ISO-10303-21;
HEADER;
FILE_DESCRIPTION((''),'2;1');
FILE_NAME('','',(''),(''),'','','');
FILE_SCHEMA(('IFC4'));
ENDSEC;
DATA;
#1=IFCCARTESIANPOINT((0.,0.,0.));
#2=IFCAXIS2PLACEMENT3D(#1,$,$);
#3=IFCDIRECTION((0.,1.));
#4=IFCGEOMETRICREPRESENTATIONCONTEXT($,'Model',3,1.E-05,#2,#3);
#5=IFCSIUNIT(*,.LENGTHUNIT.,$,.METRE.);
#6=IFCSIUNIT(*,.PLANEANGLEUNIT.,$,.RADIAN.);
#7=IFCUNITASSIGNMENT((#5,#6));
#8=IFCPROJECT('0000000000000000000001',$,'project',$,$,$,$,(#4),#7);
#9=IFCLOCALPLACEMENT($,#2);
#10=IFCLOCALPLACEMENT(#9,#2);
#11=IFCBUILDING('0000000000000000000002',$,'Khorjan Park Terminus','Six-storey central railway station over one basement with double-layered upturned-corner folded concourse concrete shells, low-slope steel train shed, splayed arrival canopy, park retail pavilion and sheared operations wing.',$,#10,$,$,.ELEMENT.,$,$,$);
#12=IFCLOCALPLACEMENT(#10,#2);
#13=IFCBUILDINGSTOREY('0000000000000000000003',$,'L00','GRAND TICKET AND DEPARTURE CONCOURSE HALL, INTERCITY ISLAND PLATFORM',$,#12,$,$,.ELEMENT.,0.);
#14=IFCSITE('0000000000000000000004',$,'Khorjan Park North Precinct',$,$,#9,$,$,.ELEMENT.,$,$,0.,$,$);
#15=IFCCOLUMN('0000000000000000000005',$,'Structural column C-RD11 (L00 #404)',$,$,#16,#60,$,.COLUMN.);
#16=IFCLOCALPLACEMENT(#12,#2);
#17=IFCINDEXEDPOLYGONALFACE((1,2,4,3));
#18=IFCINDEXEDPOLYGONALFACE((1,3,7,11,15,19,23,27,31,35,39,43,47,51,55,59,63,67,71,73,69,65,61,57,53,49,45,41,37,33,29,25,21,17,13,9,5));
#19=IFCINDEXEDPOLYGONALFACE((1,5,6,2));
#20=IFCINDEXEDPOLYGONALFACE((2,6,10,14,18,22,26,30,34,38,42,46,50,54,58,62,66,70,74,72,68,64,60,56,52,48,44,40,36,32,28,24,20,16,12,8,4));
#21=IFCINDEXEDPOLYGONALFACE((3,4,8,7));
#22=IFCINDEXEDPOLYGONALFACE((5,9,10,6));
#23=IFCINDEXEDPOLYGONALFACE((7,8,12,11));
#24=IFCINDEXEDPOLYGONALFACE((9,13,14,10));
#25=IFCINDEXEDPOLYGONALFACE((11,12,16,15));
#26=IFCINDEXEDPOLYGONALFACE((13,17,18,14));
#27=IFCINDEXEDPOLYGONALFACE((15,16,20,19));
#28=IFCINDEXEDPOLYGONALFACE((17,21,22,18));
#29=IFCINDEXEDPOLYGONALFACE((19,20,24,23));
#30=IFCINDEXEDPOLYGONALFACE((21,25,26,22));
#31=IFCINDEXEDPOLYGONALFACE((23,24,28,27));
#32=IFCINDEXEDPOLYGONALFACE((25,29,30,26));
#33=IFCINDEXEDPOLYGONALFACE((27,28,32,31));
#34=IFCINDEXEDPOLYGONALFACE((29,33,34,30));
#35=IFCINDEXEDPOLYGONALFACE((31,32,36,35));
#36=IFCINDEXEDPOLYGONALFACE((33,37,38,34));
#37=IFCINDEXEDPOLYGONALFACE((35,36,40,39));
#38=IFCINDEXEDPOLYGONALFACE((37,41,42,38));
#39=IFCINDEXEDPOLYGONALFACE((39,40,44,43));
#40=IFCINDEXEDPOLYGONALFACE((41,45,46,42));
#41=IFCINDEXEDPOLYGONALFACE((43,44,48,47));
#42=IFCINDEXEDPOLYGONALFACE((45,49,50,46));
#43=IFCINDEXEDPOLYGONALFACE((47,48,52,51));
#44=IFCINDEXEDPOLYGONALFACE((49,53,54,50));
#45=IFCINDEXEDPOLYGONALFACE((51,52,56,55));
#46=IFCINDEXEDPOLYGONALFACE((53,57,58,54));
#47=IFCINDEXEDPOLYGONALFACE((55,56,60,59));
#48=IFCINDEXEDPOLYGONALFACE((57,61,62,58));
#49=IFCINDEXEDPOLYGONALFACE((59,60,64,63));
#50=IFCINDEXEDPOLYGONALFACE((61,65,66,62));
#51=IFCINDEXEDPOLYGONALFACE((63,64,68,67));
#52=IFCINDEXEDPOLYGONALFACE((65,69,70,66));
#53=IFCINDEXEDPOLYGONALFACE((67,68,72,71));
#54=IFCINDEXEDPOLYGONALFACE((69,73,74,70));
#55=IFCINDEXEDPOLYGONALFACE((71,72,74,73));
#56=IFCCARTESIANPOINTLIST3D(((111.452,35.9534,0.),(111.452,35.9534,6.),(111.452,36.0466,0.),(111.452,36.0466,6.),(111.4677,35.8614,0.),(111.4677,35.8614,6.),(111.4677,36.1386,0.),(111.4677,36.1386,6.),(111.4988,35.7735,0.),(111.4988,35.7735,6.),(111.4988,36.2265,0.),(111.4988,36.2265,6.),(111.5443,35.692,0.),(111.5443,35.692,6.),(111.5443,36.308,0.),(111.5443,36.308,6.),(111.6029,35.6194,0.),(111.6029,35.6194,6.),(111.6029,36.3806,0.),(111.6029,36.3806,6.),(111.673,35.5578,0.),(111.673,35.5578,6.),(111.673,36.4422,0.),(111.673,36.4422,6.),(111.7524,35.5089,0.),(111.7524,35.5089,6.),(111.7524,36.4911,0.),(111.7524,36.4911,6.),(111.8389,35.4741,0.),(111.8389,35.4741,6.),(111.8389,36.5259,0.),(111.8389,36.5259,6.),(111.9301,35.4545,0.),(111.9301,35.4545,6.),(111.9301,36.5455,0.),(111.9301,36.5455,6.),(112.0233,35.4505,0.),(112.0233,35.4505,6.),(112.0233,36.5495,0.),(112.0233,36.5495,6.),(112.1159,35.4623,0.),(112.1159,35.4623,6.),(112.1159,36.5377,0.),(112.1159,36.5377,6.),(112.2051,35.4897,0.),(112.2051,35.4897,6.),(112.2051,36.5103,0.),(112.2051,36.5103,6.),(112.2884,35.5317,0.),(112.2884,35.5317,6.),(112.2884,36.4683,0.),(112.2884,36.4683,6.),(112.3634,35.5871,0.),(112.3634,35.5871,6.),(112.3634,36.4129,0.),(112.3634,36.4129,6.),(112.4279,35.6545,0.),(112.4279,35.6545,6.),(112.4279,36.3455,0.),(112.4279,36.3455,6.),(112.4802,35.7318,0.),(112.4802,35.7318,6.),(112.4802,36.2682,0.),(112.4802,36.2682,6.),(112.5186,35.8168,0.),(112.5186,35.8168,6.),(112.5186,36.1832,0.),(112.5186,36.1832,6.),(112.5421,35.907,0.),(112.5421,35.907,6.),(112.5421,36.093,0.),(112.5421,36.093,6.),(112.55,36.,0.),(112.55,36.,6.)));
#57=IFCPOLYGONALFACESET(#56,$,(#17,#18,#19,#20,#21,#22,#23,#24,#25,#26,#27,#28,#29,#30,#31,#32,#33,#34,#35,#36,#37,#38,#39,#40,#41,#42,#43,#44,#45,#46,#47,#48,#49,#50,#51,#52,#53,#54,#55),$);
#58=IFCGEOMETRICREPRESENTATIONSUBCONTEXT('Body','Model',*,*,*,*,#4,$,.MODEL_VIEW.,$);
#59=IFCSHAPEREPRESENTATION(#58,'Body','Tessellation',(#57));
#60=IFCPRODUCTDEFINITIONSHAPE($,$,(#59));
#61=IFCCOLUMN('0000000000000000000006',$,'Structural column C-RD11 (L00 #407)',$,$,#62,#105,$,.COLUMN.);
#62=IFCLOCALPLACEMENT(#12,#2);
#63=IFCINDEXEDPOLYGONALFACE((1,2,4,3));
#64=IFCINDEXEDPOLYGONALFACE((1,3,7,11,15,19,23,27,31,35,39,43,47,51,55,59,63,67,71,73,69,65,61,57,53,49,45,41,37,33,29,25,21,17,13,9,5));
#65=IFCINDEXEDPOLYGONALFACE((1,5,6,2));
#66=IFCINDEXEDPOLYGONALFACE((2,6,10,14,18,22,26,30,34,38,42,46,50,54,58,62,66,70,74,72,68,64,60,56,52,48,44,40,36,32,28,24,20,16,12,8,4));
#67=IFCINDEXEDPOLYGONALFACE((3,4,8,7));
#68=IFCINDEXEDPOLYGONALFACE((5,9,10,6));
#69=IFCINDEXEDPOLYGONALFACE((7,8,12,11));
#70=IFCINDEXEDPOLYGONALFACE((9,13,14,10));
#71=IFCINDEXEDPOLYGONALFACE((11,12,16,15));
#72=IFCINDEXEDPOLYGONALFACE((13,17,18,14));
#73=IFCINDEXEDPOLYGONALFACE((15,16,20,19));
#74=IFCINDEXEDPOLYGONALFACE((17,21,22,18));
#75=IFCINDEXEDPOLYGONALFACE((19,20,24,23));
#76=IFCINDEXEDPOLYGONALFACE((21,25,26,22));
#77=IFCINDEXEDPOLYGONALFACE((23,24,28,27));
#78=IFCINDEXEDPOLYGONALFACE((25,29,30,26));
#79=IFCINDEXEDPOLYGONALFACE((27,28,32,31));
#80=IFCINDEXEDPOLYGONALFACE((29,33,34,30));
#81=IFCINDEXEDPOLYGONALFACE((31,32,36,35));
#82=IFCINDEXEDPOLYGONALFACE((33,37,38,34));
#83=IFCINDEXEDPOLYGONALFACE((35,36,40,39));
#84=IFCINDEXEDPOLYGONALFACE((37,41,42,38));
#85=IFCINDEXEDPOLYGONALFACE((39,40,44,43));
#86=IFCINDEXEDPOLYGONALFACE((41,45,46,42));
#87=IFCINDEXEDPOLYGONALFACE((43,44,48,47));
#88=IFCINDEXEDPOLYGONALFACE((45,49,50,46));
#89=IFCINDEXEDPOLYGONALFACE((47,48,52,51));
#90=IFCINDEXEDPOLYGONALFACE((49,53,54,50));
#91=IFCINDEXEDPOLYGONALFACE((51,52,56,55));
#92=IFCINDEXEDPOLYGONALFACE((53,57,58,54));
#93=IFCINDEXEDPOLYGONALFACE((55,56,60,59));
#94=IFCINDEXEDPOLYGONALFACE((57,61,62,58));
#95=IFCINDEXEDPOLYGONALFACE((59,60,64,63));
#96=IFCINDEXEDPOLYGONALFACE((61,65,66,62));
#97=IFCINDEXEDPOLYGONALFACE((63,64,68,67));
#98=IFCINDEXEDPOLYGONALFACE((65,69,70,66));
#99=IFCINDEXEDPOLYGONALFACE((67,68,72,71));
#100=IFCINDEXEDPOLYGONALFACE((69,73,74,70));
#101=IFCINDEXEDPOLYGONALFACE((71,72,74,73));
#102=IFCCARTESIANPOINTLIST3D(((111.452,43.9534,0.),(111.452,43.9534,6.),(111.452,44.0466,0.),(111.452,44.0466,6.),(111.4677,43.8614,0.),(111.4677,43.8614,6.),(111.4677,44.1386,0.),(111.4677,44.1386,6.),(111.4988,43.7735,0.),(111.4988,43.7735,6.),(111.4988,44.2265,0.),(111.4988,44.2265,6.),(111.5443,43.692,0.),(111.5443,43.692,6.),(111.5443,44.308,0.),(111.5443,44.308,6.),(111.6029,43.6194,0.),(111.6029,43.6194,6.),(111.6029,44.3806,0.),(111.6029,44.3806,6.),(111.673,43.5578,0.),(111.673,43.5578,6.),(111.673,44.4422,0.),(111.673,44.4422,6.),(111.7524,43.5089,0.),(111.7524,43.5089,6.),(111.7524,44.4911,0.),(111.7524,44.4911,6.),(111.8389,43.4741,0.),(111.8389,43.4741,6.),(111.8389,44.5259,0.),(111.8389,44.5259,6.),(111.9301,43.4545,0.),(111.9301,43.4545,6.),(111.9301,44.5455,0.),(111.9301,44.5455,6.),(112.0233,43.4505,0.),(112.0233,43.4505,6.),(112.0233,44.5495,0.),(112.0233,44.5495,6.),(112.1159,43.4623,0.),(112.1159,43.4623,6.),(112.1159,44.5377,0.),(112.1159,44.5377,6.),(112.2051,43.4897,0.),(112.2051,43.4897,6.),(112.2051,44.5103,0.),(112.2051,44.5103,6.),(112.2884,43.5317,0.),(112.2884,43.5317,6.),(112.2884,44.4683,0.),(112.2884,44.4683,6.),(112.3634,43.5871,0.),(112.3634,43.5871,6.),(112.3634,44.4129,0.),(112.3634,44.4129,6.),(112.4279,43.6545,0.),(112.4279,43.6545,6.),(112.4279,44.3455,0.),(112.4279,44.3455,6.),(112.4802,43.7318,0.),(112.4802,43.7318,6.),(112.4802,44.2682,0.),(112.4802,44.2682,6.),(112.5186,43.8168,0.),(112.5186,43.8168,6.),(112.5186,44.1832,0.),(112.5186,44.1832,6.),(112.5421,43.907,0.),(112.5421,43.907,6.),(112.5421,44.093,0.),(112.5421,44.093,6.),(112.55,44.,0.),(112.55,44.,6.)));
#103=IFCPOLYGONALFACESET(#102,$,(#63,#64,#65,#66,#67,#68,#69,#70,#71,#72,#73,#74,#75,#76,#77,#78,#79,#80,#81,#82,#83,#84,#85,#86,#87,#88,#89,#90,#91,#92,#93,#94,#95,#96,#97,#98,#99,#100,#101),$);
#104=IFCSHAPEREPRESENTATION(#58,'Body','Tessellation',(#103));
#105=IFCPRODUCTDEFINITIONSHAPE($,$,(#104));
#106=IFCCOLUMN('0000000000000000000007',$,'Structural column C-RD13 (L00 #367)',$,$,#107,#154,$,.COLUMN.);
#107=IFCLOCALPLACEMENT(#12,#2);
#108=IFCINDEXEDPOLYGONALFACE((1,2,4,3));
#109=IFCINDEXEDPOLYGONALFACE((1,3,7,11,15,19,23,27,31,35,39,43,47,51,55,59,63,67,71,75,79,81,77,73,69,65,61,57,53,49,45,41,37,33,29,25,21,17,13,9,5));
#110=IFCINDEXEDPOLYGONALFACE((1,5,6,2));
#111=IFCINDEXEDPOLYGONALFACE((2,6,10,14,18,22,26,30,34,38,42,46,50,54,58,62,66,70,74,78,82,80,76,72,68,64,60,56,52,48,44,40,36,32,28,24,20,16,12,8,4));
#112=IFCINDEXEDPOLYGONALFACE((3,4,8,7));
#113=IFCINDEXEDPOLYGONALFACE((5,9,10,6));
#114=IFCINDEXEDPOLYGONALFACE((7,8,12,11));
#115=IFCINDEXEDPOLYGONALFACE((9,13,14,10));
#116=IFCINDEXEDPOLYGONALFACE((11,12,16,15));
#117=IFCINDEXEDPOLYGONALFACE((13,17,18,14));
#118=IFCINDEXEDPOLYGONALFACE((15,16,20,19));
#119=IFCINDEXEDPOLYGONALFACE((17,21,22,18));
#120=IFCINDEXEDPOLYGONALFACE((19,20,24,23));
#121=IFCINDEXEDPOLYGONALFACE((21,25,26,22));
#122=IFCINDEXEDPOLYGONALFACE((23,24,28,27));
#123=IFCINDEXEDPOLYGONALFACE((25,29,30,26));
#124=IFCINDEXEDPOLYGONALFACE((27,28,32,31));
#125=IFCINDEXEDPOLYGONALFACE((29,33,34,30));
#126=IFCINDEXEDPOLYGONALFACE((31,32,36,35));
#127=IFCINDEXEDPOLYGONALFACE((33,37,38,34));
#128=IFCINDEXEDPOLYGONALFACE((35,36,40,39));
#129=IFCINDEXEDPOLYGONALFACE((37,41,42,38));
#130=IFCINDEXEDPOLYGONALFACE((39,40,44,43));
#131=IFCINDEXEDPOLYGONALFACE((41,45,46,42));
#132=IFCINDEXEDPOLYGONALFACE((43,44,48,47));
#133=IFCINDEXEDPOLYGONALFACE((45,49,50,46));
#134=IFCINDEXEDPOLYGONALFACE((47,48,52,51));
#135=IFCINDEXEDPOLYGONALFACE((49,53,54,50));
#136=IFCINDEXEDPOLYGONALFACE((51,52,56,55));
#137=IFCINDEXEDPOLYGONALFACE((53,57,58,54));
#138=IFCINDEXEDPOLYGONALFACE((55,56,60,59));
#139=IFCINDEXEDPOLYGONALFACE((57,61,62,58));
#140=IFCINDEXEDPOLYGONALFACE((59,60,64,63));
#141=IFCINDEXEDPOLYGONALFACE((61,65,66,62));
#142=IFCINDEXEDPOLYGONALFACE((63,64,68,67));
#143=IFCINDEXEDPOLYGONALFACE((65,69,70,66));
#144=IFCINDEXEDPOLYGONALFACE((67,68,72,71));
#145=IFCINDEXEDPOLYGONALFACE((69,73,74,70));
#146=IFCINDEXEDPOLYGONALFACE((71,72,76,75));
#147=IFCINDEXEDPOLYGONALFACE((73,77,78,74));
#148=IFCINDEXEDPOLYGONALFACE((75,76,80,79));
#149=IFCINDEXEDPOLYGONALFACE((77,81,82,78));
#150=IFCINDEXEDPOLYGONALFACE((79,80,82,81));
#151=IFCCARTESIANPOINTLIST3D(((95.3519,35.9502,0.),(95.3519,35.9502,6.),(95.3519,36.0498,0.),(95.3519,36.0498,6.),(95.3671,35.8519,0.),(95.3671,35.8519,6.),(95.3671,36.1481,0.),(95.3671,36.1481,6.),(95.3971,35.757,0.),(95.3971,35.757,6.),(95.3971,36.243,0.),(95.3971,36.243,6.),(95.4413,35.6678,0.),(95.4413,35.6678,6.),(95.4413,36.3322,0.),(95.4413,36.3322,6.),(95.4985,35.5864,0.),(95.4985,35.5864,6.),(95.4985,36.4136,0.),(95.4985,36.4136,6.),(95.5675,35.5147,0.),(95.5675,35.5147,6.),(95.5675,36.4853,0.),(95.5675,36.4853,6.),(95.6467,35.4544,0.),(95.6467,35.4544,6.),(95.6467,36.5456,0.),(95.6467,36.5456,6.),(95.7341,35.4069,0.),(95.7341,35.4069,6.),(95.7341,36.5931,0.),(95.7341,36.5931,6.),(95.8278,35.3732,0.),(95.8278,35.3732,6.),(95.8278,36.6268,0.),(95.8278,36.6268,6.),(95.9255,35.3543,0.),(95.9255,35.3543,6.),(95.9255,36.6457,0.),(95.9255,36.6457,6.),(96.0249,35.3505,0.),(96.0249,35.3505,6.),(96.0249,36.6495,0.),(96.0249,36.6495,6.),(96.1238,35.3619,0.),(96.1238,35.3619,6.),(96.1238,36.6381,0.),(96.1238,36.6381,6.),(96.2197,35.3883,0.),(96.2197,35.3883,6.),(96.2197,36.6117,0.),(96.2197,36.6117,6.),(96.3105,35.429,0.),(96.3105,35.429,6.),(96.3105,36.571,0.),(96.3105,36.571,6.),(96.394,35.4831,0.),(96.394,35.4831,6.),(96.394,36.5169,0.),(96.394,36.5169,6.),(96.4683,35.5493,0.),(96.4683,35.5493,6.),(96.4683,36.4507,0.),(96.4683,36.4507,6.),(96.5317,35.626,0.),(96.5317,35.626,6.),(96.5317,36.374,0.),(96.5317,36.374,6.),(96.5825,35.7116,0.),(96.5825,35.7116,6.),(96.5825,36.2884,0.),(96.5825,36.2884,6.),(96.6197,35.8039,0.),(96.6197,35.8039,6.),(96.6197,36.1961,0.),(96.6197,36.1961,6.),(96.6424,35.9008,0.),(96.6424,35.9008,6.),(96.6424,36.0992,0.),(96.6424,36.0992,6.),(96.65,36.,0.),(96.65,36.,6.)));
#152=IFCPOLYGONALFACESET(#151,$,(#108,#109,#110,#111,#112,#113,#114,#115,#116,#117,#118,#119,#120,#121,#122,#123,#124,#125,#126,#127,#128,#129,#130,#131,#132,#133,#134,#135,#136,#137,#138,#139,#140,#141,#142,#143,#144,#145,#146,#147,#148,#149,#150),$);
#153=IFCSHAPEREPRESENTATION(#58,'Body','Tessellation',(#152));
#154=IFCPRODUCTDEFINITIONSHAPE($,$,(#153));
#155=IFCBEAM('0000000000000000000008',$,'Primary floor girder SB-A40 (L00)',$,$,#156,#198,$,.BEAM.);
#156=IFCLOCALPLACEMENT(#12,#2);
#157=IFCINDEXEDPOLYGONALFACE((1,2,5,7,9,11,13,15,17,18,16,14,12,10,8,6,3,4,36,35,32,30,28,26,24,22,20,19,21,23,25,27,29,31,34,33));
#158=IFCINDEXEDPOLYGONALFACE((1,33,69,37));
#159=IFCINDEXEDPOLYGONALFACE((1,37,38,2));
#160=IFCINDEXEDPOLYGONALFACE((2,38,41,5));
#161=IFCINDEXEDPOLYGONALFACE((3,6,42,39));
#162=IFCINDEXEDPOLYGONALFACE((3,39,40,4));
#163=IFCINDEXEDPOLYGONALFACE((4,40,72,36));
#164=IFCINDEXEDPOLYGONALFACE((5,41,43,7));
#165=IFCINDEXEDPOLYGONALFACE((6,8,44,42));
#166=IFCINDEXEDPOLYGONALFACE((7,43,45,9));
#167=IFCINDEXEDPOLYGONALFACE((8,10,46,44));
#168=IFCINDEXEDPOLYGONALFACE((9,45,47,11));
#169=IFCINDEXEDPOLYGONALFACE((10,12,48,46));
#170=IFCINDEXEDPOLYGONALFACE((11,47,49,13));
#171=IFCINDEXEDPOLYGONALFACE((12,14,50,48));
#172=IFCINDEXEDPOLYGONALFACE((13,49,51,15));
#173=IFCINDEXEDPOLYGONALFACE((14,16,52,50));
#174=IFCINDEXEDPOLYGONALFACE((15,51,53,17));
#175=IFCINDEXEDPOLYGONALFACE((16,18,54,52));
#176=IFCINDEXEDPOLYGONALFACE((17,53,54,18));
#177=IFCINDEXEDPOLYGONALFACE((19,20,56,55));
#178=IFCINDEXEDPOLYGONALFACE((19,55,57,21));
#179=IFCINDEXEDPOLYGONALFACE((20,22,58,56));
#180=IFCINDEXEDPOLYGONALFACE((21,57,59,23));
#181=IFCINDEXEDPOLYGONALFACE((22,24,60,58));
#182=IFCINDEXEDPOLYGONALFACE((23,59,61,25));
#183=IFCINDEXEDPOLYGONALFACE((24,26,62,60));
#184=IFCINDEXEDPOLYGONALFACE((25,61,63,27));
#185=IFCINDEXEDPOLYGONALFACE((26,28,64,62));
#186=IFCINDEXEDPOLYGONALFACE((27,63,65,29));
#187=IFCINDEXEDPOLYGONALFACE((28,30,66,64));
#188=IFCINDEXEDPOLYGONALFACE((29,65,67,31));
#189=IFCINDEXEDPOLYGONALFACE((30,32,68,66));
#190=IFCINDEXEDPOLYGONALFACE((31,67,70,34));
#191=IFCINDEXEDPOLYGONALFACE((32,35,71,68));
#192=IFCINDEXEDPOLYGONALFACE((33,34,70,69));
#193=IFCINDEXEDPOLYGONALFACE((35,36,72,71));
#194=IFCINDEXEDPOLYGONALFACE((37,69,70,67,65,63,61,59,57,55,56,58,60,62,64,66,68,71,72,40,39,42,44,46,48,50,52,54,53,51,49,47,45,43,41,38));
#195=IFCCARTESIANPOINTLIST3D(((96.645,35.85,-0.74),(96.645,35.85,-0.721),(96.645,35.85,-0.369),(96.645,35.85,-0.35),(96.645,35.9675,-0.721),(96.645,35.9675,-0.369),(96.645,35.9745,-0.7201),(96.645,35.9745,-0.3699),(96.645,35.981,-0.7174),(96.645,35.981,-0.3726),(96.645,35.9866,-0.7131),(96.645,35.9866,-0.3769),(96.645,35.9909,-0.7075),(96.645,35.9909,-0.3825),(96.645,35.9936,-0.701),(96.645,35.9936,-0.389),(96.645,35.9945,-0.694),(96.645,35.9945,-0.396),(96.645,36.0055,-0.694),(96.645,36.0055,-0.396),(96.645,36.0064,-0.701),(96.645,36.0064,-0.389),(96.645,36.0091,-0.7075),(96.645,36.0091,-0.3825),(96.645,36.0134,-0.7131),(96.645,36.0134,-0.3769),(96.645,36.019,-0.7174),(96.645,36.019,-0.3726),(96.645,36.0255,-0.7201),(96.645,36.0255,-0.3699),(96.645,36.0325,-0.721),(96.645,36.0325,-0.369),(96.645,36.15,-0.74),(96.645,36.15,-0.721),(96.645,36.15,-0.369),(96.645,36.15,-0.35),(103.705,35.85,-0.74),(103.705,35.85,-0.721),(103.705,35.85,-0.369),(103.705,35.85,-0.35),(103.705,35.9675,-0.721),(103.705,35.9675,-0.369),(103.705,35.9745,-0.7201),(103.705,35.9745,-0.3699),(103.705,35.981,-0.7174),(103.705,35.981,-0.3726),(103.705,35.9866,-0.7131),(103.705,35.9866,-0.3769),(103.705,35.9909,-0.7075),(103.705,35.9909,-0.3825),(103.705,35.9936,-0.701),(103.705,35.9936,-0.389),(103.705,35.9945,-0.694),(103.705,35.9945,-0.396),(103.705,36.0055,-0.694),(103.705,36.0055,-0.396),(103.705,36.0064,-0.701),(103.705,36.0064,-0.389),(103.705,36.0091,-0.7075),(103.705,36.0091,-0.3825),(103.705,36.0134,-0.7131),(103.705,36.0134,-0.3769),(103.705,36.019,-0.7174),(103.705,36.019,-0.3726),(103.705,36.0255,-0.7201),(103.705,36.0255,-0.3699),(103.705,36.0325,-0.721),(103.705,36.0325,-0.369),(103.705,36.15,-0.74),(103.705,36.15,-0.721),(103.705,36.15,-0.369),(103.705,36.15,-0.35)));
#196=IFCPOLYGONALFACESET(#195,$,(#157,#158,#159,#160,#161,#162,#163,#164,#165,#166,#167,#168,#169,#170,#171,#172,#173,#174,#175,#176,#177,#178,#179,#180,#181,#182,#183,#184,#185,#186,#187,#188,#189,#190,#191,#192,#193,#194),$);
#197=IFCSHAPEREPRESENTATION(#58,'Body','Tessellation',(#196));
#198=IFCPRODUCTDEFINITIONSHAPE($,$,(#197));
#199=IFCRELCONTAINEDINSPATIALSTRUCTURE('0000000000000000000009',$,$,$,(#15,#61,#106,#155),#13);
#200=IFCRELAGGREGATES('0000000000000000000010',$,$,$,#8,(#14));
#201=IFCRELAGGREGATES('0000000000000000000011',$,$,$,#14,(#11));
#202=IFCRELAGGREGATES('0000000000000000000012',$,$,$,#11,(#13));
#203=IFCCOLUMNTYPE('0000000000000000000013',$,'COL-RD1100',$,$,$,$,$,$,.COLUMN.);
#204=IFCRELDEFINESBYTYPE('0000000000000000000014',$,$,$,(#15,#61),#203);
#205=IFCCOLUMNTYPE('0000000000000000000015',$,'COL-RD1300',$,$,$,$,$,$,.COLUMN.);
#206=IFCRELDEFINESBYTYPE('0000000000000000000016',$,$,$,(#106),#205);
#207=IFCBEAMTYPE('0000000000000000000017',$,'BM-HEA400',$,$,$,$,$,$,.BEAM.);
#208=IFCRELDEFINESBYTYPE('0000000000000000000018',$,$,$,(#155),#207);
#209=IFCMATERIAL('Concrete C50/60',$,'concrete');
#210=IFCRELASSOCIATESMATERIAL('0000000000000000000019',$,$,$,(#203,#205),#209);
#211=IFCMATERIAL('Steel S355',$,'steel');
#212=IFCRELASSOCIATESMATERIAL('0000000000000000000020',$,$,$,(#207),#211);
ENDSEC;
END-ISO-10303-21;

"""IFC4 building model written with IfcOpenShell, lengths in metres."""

from ifc_helpers import new_model, si_unit, direction, frame, origin, origin_2d, place, context, subcontext, project, spatial, circle, i_section, extrude, material, material_profile, profile_set, type_object, element, save


model = new_model("IFC4")

# Units and contexts
model_context = context("Model", 3, precision=1e-05, world=origin(), true_north=direction((0.0, 1.0)))
body_context = subcontext(model_context, "Body", "Model", "MODEL_VIEW")
ifc_project = project(units=[si_unit("LENGTHUNIT", "METRE"), si_unit("PLANEANGLEUNIT", "RADIAN")], contexts=[model_context])

# Site, building, storey
site_placement = place(None, origin())
site = spatial("IfcSite", under=ifc_project, at=site_placement, Name="Khorjan Park North Precinct", CompositionType="ELEMENT", RefElevation=0.0)
building_placement = place(site_placement, origin())
building = spatial("IfcBuilding", under=site, at=building_placement, Name="Khorjan Park Terminus", Description="Six-storey central railway station over one basement with double-layered upturned-corner folded concourse concrete shells, low-slope steel train shed, splayed arrival canopy, park retail pavilion and sheared operations wing.", CompositionType="ELEMENT")
storey_placement = place(building_placement, origin())
storey = spatial("IfcBuildingStorey", under=building, at=storey_placement, Name="L00", Description="GRAND TICKET AND DEPARTURE CONCOURSE HALL, INTERCITY ISLAND PLATFORM", CompositionType="ELEMENT", Elevation=0.0)

# Columns
ifc_material_1 = material(Name="Concrete C50/60", Category="concrete")
ifc_material_profile_1 = material_profile(ifc_material_1, circle(Radius=0.55, at=origin_2d()), Name="RC D1100")
ifc_profile_set_1 = profile_set([ifc_material_profile_1], Name="Concrete C50/60")
column_type_1 = type_object("IfcColumnType", Name="COL-RD1100", PredefinedType="COLUMN", material=ifc_profile_set_1)
for number, where, z_axis, x_axis, name in (
    (1, (112.0, 36.0, 0.0), (0.0, 0.0, 1.0), (1.0, 0.0, 0.0), "Structural column C-RD11 (L00 #404)"),
    (2, (112.0, 44.0, 0.0), (0.0, 0.0, 1.0), (1.0, 0.0, 0.0), "Structural column C-RD11 (L00 #407)"),
):
    element("IfcColumn", number, at=place(storey_placement, frame(where, z_axis=z_axis, x_axis=x_axis)), inside=storey, type_object=column_type_1, Name=name, PredefinedType="COLUMN", context=body_context, shape_type="SweptSolid", body=[
        extrude(circle(Radius=0.55, at=origin_2d()), origin(), (0.0, 0.0, 1.0), 6.0),
    ])
ifc_material_profile_2 = material_profile(ifc_material_1, circle(Radius=0.65, at=origin_2d()), Name="RC D1300")
ifc_profile_set_2 = profile_set([ifc_material_profile_2], Name="Concrete C50/60")
column_type_2 = type_object("IfcColumnType", Name="COL-RD1300", PredefinedType="COLUMN", material=ifc_profile_set_2)
column_placement = place(storey_placement, frame((96.0, 36.0, 0.0), z_axis=(0.0, 0.0, 1.0), x_axis=(1.0, 0.0, 0.0)))
element("IfcColumn", 3, at=column_placement, inside=storey, type_object=column_type_2, Name="Structural column C-RD13 (L00 #367)", PredefinedType="COLUMN", context=body_context, shape_type="SweptSolid", body=[
    extrude(circle(Radius=0.65, at=origin_2d()), origin(), (0.0, 0.0, 1.0), 6.0),
])

# Beam
ifc_material_2 = material(Name="Steel S355", Category="steel")
ifc_material_profile_3 = material_profile(ifc_material_2, i_section(OverallWidth=0.3, OverallDepth=0.39, WebThickness=0.011, FlangeThickness=0.019, FilletRadius=0.027, at=origin_2d()), Name="HEA 400")
ifc_profile_set_3 = profile_set([ifc_material_profile_3], Name="Steel S355")
beam_type_1 = type_object("IfcBeamType", Name="BM-HEA400", PredefinedType="BEAM", material=ifc_profile_set_3)
beam_1_placement = place(storey_placement, frame((96.645, 36.0, -0.545), z_axis=(1.0, 0.0, 0.0), x_axis=(0.0, 1.0, 0.0)))
element("IfcBeam", 4, at=beam_1_placement, inside=storey, type_object=beam_type_1, Name="Primary floor girder SB-A40 (L00)", PredefinedType="BEAM", context=body_context, shape_type="SweptSolid", body=[
    extrude(i_section(OverallWidth=0.3, OverallDepth=0.39, WebThickness=0.011, FlangeThickness=0.019, FilletRadius=0.027, at=origin_2d()), origin(), (0.0, 0.0, 1.0), 7.06),
])

save(model, "model.ifc")
